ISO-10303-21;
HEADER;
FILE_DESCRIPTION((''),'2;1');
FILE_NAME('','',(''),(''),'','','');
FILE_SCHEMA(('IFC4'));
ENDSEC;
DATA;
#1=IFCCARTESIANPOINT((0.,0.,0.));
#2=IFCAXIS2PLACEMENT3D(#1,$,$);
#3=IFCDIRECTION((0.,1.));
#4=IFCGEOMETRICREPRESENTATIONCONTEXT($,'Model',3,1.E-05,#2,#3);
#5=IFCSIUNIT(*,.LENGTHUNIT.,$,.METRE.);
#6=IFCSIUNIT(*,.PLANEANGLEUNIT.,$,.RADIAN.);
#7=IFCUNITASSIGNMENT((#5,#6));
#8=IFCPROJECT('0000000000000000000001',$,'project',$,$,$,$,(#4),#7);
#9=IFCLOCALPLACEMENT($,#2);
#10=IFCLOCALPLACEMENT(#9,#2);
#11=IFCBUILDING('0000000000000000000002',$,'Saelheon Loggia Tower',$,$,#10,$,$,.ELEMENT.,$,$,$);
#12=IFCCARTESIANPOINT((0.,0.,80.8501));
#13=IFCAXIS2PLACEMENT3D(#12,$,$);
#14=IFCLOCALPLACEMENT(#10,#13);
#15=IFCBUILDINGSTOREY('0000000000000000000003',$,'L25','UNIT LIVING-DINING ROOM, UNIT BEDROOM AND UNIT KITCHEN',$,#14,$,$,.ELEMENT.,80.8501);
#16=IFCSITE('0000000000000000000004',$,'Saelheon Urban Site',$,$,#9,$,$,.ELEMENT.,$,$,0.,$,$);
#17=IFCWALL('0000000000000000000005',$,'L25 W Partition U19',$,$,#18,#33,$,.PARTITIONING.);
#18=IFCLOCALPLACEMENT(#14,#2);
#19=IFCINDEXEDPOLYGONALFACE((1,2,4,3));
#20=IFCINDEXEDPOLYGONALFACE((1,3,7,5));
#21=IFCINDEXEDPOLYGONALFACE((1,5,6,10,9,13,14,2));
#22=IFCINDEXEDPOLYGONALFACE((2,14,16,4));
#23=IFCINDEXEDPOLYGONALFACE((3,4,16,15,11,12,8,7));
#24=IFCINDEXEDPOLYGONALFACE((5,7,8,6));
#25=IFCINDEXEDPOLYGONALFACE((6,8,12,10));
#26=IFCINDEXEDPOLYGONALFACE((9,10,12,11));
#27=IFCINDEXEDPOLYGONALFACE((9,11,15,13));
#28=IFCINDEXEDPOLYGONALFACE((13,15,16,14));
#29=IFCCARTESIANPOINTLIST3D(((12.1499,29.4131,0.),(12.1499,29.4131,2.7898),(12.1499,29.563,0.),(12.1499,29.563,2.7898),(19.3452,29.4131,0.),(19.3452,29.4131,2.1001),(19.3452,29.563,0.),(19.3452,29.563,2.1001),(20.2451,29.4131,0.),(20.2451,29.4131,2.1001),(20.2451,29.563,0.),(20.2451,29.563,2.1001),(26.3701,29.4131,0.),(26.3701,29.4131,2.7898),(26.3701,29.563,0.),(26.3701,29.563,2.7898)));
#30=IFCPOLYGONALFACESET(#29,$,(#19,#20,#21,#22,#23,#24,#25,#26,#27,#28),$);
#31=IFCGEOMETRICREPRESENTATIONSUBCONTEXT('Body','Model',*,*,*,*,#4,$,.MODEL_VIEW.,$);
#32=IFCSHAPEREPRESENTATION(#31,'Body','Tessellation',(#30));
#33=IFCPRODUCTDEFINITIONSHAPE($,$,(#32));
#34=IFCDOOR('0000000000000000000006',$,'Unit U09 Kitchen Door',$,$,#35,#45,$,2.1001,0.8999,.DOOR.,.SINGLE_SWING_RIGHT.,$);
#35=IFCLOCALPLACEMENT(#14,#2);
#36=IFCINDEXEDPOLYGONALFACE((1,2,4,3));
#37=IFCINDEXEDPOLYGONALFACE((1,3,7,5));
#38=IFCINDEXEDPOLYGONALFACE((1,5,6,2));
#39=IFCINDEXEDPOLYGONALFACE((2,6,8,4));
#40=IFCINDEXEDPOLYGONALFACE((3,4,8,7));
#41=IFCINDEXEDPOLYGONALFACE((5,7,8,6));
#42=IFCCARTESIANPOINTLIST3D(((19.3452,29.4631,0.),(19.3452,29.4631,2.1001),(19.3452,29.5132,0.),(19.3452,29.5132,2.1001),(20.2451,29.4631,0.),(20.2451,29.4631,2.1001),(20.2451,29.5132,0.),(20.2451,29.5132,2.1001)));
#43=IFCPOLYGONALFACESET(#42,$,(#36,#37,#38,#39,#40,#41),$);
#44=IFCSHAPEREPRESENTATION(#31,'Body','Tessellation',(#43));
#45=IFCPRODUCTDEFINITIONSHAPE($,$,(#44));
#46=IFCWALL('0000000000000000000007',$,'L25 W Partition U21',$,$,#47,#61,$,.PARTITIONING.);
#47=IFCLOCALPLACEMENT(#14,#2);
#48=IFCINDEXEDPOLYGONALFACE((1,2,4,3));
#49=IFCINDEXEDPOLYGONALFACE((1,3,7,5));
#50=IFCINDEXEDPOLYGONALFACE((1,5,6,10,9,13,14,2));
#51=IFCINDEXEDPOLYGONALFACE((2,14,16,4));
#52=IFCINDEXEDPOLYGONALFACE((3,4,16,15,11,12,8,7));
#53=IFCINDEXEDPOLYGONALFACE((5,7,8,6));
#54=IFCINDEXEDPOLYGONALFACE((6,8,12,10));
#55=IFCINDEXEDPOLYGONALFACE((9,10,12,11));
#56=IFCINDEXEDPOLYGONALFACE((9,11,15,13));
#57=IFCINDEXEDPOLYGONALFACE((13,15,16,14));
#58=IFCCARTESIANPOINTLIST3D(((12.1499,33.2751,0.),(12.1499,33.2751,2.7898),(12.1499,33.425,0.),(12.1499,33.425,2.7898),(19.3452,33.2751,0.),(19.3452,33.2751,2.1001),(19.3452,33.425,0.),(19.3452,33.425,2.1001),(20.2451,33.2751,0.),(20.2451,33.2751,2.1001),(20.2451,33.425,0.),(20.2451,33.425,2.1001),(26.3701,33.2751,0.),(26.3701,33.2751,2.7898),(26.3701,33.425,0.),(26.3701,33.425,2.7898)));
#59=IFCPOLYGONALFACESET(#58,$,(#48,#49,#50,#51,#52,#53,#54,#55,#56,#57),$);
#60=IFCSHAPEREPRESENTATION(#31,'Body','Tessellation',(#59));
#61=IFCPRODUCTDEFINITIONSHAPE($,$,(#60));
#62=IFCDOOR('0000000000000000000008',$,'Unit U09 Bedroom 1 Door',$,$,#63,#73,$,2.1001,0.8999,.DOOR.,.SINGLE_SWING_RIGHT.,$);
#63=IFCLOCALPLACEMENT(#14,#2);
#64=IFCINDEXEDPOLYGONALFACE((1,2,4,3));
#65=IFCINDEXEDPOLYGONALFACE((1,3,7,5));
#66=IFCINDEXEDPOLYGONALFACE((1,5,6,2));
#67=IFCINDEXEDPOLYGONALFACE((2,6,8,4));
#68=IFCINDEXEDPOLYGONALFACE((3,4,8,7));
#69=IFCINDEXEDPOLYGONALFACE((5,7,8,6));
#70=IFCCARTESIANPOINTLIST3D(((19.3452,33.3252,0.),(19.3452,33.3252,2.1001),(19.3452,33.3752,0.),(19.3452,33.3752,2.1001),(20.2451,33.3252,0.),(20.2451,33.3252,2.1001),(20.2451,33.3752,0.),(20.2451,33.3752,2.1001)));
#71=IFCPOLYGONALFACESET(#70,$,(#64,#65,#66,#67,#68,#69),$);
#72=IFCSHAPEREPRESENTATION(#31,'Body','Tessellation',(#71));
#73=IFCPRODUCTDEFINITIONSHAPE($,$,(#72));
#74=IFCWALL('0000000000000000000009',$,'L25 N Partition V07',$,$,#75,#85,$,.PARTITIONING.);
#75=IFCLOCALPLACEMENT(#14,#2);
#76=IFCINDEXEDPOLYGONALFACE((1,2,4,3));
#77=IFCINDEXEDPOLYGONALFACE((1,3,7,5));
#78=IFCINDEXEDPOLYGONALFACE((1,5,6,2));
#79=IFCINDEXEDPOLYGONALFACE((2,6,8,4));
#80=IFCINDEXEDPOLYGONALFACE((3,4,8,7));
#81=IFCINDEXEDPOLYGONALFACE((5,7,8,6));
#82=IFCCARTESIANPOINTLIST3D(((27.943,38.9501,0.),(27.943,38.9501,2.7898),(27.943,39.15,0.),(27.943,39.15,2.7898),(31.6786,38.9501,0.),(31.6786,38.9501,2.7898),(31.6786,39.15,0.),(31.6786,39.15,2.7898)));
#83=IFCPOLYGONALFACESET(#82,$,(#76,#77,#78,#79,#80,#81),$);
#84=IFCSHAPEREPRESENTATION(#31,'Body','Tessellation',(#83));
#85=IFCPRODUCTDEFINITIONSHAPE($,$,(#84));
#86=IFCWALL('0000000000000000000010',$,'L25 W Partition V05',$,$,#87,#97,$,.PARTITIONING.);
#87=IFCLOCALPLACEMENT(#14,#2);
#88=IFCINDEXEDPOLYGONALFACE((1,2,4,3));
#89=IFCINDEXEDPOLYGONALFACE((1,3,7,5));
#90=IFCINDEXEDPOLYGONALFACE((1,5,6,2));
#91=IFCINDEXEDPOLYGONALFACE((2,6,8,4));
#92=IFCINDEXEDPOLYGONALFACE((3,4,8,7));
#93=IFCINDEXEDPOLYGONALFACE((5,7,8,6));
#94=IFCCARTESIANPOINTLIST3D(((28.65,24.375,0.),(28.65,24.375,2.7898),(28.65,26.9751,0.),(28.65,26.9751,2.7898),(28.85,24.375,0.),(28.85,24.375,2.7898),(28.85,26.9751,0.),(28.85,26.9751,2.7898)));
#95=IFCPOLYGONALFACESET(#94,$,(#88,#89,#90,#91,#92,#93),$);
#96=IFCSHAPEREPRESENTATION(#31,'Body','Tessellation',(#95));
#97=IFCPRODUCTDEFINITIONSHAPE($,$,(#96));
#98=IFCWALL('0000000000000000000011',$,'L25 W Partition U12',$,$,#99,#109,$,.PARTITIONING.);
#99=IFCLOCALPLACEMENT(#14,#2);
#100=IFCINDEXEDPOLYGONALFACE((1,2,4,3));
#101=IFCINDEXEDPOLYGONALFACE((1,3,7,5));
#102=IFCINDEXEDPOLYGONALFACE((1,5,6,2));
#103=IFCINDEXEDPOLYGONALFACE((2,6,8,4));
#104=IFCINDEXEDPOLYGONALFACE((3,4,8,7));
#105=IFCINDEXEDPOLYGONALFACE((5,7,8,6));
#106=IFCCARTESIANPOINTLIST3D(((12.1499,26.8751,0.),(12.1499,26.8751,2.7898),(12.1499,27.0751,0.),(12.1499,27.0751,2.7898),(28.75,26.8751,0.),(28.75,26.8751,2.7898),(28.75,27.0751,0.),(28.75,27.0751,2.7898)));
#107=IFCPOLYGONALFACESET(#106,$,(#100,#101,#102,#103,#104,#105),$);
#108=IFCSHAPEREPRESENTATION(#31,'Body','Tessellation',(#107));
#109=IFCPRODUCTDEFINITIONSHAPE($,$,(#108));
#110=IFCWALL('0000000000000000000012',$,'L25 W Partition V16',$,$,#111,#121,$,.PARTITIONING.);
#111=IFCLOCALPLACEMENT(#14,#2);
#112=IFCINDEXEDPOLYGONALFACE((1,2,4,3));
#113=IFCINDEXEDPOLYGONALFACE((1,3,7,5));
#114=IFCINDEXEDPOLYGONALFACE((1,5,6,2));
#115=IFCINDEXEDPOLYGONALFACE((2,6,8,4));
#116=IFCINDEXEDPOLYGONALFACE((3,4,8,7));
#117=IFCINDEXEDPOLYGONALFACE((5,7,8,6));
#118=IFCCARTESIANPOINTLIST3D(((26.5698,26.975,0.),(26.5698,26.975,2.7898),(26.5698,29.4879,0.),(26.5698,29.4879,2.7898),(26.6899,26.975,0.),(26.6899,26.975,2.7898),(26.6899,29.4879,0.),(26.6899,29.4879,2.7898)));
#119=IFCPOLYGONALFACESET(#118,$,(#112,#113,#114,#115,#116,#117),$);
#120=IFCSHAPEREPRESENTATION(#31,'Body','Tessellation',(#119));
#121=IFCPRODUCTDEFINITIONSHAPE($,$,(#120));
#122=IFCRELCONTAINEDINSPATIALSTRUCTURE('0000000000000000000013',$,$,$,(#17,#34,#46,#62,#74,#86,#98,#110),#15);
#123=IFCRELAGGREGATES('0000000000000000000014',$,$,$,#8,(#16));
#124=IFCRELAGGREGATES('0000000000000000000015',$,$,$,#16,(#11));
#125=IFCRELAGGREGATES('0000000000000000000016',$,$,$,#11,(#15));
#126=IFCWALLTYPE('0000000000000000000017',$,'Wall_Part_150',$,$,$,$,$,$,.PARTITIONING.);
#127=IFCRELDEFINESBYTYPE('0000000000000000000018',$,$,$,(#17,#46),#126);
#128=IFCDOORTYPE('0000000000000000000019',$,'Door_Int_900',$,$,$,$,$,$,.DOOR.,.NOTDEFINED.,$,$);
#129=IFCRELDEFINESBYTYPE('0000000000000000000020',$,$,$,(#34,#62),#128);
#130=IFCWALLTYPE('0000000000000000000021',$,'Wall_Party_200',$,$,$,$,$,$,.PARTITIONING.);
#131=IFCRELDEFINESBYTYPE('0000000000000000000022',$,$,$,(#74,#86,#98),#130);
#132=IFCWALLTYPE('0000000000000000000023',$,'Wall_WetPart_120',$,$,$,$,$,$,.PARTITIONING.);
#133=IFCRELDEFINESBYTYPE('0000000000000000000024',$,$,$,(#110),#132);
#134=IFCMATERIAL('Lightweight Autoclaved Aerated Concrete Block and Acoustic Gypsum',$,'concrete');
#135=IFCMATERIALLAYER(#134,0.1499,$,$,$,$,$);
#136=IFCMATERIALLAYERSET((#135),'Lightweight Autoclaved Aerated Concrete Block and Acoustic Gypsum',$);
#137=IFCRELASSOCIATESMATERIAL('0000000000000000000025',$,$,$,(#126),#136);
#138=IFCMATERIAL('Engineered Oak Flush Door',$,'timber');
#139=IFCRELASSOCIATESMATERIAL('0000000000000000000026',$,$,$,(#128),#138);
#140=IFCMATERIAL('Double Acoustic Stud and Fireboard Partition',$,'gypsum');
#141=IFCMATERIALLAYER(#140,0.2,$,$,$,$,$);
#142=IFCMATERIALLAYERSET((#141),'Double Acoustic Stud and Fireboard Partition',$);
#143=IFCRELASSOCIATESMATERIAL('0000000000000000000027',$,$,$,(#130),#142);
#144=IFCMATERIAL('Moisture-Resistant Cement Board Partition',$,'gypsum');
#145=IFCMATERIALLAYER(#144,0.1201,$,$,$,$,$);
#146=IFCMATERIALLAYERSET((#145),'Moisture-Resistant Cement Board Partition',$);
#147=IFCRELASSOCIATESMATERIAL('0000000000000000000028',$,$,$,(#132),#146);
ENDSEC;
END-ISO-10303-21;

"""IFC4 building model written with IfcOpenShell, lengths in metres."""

from ifc_helpers import new_model, si_unit, direction, frame, frame_2d, origin, place, context, subcontext, project, spatial, rectangle, extrude, source, transform, mapped, material, layer, layer_set, type_object, element, fill, save


model = new_model("IFC4")

# Units and contexts
model_context = context("Model", 3, precision=1e-05, world=origin(), true_north=direction((0.0, 1.0)))
body_context = subcontext(model_context, "Body", "Model", "MODEL_VIEW")
ifc_project = project(units=[si_unit("LENGTHUNIT", "METRE"), si_unit("PLANEANGLEUNIT", "RADIAN")], contexts=[model_context])

# Site, building, storey
site_placement = place(None, origin())
site = spatial("IfcSite", under=ifc_project, at=site_placement, Name="Saelheon Urban Site", CompositionType="ELEMENT", RefElevation=0.0)
building_placement = place(site_placement, origin())
building = spatial("IfcBuilding", under=site, at=building_placement, Name="Saelheon Loggia Tower", CompositionType="ELEMENT")
storey_placement = place(building_placement, frame((0.0, 0.0, 80.8501)))
storey = spatial("IfcBuildingStorey", under=building, at=storey_placement, Name="L25", Description="UNIT LIVING-DINING ROOM, UNIT BEDROOM AND UNIT KITCHEN", CompositionType="ELEMENT", Elevation=80.8501)

# Shared definitions
ifc_material_1 = material(Name="Lightweight Autoclaved Aerated Concrete Block and Acoustic Gypsum", Category="concrete")
ifc_layer_1 = layer(ifc_material_1, 0.1499)
ifc_layer_set_1 = layer_set([ifc_layer_1], Name="Lightweight Autoclaved Aerated Concrete Block and Acoustic Gypsum")
wall_type_1 = type_object("IfcWallType", Name="Wall_Part_150", PredefinedType="PARTITIONING", material=ifc_layer_set_1)

# Shared definitions
ifc_material_2 = material(Name="Engineered Oak Flush Door", Category="timber")
door_type = type_object("IfcDoorType", Name="Door_Int_900", OperationType="NOTDEFINED", PredefinedType="DOOR", material=ifc_material_2)
shared_shape = source(origin(), body_context, "Body", "SweptSolid", [
    extrude(rectangle(XDim=0.8999, YDim=2.1001, at=frame_2d((0.45, 1.05))), frame((0.0, 0.0249, 0.0), z_axis=(0.0, -1.0, 0.0), x_axis=(1.0, 0.0, 0.0)), (0.0, 0.0, 1.0), 0.05),
])

# Walls, openings, doors
wall_1_placement = place(storey_placement, frame((26.3701, 29.488, 0.0), z_axis=(0.0, 0.0, 1.0), x_axis=(-1.0, 0.0, 0.0)))
wall_1 = element("IfcWall", 1, at=wall_1_placement, inside=storey, type_object=wall_type_1, Name="L25 W Partition U19", PredefinedType="PARTITIONING", context=body_context, shape_type="SweptSolid", body=[
    extrude(rectangle(XDim=14.2202, YDim=0.1499, at=frame_2d((7.1101, 0.0))), origin(), (0.0, 0.0, 1.0), 2.7898),
])
opening_1_placement = place(wall_1_placement, frame((6.125, 0.0, 0.0)))
opening_1 = element("IfcOpeningElement", 2, at=opening_1_placement, cuts=wall_1, PredefinedType="OPENING", context=body_context, shape_type="SweptSolid", body=[
    extrude(rectangle(XDim=0.8999, YDim=2.1001, at=frame_2d((0.45, 1.05))), frame((0.0, 0.0869, 0.0), z_axis=(0.0, -1.0, 0.0), x_axis=(1.0, 0.0, 0.0)), (0.0, 0.0, 1.0), 0.1738),
])
door_1_placement = place(opening_1_placement, origin())
door_1 = element("IfcDoor", 3, at=door_1_placement, inside=storey, type_object=door_type, Name="Unit U09 Kitchen Door", OperationType="SINGLE_SWING_RIGHT", OverallHeight=2.1001, OverallWidth=0.8999, PredefinedType="DOOR", context=body_context, shape_type="MappedRepresentation", body=[
    mapped(shared_shape, transform((0.0, 0.0, 0.0), scale=1.0)),
])
fill(opening_1, door_1)
wall_2_placement = place(storey_placement, frame((26.3701, 33.3501, 0.0), z_axis=(0.0, 0.0, 1.0), x_axis=(-1.0, 0.0, 0.0)))
wall_2 = element("IfcWall", 4, at=wall_2_placement, inside=storey, type_object=wall_type_1, Name="L25 W Partition U21", PredefinedType="PARTITIONING", context=body_context, shape_type="SweptSolid", body=[
    extrude(rectangle(XDim=14.2202, YDim=0.1499, at=frame_2d((7.1101, 0.0))), origin(), (0.0, 0.0, 1.0), 2.7898),
])
opening_2_placement = place(wall_2_placement, frame((6.125, 0.0, 0.0)))
opening_2 = element("IfcOpeningElement", 5, at=opening_2_placement, cuts=wall_2, PredefinedType="OPENING", context=body_context, shape_type="SweptSolid", body=[
    extrude(rectangle(XDim=0.8999, YDim=2.1001, at=frame_2d((0.45, 1.05))), frame((0.0, 0.0869, 0.0), z_axis=(0.0, -1.0, 0.0), x_axis=(1.0, 0.0, 0.0)), (0.0, 0.0, 1.0), 0.1738),
])
door_2_placement = place(opening_2_placement, origin())
door_2 = element("IfcDoor", 6, at=door_2_placement, inside=storey, type_object=door_type, Name="Unit U09 Bedroom 1 Door", OperationType="SINGLE_SWING_RIGHT", OverallHeight=2.1001, OverallWidth=0.8999, PredefinedType="DOOR", context=body_context, shape_type="MappedRepresentation", body=[
    mapped(shared_shape, transform((0.0, 0.0, 0.0), scale=1.0)),
])
fill(opening_2, door_2)

# Walls
ifc_material_3 = material(Name="Double Acoustic Stud and Fireboard Partition", Category="gypsum")
ifc_layer_2 = layer(ifc_material_3, 0.2)
ifc_layer_set_2 = layer_set([ifc_layer_2], Name="Double Acoustic Stud and Fireboard Partition")
wall_type_2 = type_object("IfcWallType", Name="Wall_Party_200", PredefinedType="PARTITIONING", material=ifc_layer_set_2)
wall_3_placement = place(storey_placement, frame((27.9431, 39.05, 0.0), z_axis=(0.0, 0.0, 1.0), x_axis=(1.0, 0.0, 0.0)))
element("IfcWall", 7, at=wall_3_placement, inside=storey, type_object=wall_type_2, Name="L25 N Partition V07", PredefinedType="PARTITIONING", context=body_context, shape_type="SweptSolid", body=[
    extrude(rectangle(XDim=3.7356, YDim=0.2, at=frame_2d((1.8677, 0.0))), origin(), (0.0, 0.0, 1.0), 2.7898),
])
wall_4_placement = place(storey_placement, frame((28.75, 24.375, 0.0), z_axis=(0.0, 0.0, 1.0), x_axis=(0.0, 1.0, 0.0)))
element("IfcWall", 8, at=wall_4_placement, inside=storey, type_object=wall_type_2, Name="L25 W Partition V05", PredefinedType="PARTITIONING", context=body_context, shape_type="SweptSolid", body=[
    extrude(rectangle(XDim=2.6001, YDim=0.2, at=frame_2d((1.3, 0.0))), origin(), (0.0, 0.0, 1.0), 2.7898),
])
wall_5_placement = place(storey_placement, frame((28.75, 26.9751, 0.0), z_axis=(0.0, 0.0, 1.0), x_axis=(-1.0, 0.0, 0.0)))
element("IfcWall", 9, at=wall_5_placement, inside=storey, type_object=wall_type_2, Name="L25 W Partition U12", PredefinedType="PARTITIONING", context=body_context, shape_type="SweptSolid", body=[
    extrude(rectangle(XDim=16.6001, YDim=0.2, at=frame_2d((8.3, 0.0))), origin(), (0.0, 0.0, 1.0), 2.7898),
])
ifc_material_4 = material(Name="Moisture-Resistant Cement Board Partition", Category="gypsum")
ifc_layer_3 = layer(ifc_material_4, 0.1201)
ifc_layer_set_3 = layer_set([ifc_layer_3], Name="Moisture-Resistant Cement Board Partition")
wall_type_3 = type_object("IfcWallType", Name="Wall_WetPart_120", PredefinedType="PARTITIONING", material=ifc_layer_set_3)
wall_6_placement = place(storey_placement, frame((26.6299, 26.9751, 0.0), z_axis=(0.0, 0.0, 1.0), x_axis=(0.0, 1.0, 0.0)))
element("IfcWall", 10, at=wall_6_placement, inside=storey, type_object=wall_type_3, Name="L25 W Partition V16", PredefinedType="PARTITIONING", context=body_context, shape_type="SweptSolid", body=[
    extrude(rectangle(XDim=2.5129, YDim=0.1201, at=frame_2d((1.2563, 0.0))), origin(), (0.0, 0.0, 1.0), 2.7898),
])

save(model, "model.ifc")
